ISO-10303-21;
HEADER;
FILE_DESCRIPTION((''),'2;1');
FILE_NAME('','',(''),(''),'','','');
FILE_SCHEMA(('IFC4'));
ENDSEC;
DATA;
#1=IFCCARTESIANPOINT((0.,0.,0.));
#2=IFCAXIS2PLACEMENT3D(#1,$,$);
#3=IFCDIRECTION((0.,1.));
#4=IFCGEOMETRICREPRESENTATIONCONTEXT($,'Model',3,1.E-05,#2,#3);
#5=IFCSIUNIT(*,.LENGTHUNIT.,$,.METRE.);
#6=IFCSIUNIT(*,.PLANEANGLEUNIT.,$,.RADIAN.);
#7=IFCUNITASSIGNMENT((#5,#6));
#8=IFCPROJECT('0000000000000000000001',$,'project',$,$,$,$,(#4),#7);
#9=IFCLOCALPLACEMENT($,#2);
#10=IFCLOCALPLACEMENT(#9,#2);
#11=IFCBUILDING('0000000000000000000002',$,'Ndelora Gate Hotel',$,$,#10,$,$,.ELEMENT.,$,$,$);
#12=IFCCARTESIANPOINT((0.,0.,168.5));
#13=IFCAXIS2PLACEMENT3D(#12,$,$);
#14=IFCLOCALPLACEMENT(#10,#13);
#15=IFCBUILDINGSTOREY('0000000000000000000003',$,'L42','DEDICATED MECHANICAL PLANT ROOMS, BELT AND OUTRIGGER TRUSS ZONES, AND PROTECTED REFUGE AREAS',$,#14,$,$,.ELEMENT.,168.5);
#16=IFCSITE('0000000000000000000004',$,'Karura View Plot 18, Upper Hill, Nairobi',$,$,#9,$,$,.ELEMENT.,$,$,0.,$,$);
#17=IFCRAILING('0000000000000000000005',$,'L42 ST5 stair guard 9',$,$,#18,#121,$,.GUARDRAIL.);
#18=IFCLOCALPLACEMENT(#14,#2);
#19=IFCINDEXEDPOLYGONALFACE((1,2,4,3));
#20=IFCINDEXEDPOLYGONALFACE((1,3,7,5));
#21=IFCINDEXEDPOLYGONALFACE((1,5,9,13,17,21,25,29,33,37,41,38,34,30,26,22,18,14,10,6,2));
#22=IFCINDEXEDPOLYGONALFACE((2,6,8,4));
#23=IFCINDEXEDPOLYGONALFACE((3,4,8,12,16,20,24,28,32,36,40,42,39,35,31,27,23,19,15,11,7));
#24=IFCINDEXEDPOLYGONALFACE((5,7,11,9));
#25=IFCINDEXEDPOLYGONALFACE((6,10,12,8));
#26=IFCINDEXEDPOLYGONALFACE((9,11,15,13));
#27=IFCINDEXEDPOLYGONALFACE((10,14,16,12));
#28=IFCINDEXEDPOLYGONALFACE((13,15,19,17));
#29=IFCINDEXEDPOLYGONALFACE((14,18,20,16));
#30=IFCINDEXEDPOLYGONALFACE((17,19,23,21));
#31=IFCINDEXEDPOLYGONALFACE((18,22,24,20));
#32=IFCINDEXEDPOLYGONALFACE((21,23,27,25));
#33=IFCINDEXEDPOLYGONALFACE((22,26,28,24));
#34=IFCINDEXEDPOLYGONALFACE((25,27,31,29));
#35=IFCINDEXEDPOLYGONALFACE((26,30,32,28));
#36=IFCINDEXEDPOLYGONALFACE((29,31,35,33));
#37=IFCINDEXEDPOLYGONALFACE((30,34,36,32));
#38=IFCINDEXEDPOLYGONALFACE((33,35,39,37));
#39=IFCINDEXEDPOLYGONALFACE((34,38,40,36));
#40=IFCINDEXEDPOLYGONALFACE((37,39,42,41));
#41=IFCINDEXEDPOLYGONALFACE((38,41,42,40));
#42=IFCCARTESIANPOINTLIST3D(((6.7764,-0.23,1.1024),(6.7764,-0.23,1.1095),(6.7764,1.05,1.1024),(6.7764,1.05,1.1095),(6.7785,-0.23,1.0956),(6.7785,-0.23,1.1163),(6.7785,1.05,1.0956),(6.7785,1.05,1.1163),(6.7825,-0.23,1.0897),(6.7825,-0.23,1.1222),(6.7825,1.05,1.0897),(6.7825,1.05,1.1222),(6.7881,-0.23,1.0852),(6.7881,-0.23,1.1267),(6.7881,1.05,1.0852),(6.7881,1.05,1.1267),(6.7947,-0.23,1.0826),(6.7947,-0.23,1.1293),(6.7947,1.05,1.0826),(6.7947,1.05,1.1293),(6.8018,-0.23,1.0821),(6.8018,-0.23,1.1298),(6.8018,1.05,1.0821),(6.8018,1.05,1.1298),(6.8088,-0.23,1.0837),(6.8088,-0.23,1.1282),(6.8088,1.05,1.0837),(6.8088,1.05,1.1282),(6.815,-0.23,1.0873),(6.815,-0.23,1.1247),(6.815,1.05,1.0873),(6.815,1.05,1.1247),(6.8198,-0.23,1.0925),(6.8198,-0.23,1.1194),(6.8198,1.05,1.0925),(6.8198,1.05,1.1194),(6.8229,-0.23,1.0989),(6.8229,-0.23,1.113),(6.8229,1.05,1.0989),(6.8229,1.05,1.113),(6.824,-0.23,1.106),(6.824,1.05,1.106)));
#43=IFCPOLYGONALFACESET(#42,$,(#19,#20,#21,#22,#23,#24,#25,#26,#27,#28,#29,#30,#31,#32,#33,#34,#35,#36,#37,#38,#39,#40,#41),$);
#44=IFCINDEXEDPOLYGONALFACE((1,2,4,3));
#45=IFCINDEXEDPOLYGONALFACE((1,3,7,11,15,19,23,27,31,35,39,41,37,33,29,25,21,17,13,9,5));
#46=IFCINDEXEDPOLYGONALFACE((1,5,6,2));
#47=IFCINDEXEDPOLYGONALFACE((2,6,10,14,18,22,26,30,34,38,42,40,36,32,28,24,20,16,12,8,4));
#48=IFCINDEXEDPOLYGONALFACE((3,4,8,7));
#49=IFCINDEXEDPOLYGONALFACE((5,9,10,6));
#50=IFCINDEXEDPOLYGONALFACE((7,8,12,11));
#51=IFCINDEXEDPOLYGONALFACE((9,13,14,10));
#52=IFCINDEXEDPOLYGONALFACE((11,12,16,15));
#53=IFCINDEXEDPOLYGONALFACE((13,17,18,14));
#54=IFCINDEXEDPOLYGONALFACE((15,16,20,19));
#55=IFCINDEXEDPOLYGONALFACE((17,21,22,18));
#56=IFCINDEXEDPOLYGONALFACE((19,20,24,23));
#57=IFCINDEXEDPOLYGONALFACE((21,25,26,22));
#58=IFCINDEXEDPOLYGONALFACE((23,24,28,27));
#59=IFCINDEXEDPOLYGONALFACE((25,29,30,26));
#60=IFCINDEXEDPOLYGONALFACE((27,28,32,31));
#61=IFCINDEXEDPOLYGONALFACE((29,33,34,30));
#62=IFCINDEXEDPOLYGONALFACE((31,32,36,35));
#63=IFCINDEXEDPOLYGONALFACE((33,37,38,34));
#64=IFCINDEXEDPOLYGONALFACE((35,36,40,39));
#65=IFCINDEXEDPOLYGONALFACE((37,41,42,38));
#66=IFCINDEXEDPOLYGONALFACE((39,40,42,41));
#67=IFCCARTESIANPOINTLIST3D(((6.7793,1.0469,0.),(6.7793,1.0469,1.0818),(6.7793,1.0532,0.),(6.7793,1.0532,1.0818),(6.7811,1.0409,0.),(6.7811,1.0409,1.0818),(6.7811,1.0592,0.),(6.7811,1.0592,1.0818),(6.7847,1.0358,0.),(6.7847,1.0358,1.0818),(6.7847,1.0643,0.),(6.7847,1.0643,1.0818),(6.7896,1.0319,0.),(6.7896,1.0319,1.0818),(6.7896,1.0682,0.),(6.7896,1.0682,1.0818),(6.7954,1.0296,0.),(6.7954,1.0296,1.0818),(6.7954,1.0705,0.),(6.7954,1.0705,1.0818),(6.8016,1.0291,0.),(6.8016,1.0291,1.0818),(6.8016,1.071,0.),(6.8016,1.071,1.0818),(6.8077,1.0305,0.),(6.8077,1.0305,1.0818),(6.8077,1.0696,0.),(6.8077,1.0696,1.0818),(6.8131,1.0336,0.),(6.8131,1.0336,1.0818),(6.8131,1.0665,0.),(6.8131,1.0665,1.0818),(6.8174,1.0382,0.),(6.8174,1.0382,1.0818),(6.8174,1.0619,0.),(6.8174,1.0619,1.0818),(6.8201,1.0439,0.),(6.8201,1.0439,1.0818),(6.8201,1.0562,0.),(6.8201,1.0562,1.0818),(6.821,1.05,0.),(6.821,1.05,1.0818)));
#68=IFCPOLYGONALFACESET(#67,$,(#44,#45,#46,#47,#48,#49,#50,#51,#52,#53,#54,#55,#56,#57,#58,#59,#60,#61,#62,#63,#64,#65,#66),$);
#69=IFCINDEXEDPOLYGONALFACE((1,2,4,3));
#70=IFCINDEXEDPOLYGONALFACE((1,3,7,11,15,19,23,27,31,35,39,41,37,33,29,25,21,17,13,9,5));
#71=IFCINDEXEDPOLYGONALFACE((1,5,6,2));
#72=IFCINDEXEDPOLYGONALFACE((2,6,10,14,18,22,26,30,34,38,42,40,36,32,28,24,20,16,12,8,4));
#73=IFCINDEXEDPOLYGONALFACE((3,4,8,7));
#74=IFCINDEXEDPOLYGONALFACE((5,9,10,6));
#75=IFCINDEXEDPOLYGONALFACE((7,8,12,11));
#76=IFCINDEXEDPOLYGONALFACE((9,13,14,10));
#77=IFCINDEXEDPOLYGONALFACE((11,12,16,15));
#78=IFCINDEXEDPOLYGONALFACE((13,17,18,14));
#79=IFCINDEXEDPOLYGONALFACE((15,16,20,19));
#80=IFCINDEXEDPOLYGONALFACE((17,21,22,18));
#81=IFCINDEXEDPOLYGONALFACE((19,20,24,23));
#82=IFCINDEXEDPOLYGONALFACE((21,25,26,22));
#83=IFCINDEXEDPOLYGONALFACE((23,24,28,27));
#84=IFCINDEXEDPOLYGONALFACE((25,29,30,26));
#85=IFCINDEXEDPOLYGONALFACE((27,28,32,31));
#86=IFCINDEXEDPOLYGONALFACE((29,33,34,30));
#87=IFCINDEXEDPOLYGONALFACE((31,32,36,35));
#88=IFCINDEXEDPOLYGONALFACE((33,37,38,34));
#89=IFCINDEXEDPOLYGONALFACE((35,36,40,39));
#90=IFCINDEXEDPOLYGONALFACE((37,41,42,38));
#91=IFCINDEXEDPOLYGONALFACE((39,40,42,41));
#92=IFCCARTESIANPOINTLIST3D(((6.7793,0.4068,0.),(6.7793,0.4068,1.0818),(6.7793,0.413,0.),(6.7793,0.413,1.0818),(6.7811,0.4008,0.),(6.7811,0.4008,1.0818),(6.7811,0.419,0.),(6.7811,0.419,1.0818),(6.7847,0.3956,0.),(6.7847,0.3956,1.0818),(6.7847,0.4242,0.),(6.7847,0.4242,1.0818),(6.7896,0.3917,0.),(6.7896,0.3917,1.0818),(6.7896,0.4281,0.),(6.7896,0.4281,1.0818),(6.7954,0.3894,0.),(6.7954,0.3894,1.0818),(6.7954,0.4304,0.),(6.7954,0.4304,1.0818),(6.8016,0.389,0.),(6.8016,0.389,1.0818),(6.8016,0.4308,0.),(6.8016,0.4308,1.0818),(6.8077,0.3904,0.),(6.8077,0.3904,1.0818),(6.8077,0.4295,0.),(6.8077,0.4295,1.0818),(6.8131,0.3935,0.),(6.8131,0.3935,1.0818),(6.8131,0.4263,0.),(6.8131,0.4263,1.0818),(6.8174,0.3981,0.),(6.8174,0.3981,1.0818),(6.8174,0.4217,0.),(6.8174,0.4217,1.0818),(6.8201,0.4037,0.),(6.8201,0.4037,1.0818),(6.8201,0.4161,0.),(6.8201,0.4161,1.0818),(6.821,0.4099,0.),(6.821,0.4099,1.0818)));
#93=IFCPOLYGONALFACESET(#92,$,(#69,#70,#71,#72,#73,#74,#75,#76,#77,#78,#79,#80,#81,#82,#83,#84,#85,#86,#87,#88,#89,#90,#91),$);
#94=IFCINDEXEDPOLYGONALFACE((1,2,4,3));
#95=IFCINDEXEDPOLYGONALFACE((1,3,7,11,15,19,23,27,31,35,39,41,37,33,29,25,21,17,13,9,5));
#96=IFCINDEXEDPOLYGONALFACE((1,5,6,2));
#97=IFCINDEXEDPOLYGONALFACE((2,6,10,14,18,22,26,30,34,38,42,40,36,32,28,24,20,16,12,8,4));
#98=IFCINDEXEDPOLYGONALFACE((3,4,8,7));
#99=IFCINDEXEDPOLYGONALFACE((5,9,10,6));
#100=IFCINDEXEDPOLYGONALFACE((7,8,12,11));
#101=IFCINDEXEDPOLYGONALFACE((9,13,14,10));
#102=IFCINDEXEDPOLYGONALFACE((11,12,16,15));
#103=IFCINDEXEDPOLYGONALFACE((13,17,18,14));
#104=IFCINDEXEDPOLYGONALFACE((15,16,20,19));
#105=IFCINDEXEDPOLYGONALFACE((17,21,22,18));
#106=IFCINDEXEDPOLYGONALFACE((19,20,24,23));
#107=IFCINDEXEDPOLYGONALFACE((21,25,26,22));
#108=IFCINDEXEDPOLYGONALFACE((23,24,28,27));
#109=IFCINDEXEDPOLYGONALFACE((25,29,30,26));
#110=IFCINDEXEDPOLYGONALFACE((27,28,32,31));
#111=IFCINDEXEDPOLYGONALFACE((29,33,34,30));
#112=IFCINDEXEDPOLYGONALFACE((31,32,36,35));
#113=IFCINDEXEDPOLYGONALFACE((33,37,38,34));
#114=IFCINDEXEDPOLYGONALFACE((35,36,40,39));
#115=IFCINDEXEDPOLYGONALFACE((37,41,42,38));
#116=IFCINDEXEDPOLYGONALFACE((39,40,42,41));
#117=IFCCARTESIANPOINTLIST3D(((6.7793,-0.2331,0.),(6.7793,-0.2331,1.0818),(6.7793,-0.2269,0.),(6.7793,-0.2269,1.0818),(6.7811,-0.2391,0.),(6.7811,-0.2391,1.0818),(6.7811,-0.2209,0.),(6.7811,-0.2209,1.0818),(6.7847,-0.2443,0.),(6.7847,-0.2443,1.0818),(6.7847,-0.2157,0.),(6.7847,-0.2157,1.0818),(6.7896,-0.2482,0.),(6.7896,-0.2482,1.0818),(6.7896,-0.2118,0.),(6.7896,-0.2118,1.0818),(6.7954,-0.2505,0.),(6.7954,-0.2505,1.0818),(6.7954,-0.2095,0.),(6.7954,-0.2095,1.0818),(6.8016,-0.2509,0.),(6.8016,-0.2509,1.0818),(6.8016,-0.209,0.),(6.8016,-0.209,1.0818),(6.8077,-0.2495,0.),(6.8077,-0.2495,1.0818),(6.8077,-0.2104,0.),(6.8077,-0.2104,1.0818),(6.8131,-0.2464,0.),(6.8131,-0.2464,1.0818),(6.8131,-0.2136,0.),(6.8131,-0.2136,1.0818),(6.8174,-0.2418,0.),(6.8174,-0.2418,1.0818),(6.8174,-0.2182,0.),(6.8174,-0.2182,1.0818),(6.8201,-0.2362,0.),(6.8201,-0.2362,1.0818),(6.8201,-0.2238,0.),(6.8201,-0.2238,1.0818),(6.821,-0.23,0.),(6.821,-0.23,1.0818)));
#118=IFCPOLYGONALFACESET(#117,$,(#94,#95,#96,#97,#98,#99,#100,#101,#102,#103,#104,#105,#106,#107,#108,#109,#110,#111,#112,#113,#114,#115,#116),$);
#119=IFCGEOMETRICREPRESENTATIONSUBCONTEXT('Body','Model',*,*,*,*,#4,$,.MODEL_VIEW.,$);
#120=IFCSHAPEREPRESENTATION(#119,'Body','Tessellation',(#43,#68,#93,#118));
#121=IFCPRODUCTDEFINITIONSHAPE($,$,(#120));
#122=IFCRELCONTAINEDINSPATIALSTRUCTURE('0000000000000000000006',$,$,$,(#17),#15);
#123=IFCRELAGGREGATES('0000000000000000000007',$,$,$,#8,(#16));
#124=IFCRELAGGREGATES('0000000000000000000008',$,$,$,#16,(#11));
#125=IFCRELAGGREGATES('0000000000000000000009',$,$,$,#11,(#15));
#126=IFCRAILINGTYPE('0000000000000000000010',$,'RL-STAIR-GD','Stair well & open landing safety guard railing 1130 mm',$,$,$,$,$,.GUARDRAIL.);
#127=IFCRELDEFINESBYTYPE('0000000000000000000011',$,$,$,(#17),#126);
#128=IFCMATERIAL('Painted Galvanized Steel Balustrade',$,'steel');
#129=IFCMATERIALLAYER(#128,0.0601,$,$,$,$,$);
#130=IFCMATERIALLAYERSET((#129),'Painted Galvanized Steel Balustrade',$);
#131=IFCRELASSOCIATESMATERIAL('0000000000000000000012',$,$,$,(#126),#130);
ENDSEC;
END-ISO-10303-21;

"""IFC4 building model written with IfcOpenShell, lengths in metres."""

from ifc_helpers import new_model, si_unit, direction, frame, origin, origin_2d, place, context, subcontext, project, spatial, circle, extrude, material, layer, layer_set, type_object, element, save


model = new_model("IFC4")

# Units and contexts
model_context = context("Model", 3, precision=1e-05, world=origin(), true_north=direction((0.0, 1.0)))
body_context = subcontext(model_context, "Body", "Model", "MODEL_VIEW")
ifc_project = project(units=[si_unit("LENGTHUNIT", "METRE"), si_unit("PLANEANGLEUNIT", "RADIAN")], contexts=[model_context])

# Site, building, storey
site_placement = place(None, origin())
site = spatial("IfcSite", under=ifc_project, at=site_placement, Name="Karura View Plot 18, Upper Hill, Nairobi", CompositionType="ELEMENT", RefElevation=0.0)
building_placement = place(site_placement, origin())
building = spatial("IfcBuilding", under=site, at=building_placement, Name="Ndelora Gate Hotel", CompositionType="ELEMENT")
storey_placement = place(building_placement, frame((0.0, 0.0, 168.5)))
storey = spatial("IfcBuildingStorey", under=building, at=storey_placement, Name="L42", Description="DEDICATED MECHANICAL PLANT ROOMS, BELT AND OUTRIGGER TRUSS ZONES, AND PROTECTED REFUGE AREAS", CompositionType="ELEMENT", Elevation=168.5)

# Railing
ifc_material_1 = material(Name="Painted Galvanized Steel Balustrade", Category="steel")
ifc_layer_1 = layer(ifc_material_1, 0.0601)
ifc_layer_set_1 = layer_set([ifc_layer_1], Name="Painted Galvanized Steel Balustrade")
railing_type = type_object("IfcRailingType", Name="RL-STAIR-GD", Description="Stair well & open landing safety guard railing 1130 mm", PredefinedType="GUARDRAIL", material=ifc_layer_set_1)
for number, where, name in (
    (1, (6.8, 1.05, 0.0), "L42 ST5 stair guard 9"),
):
    element("IfcRailing", number, at=place(storey_placement, frame(where)), inside=storey, type_object=railing_type, Name=name, PredefinedType="GUARDRAIL", context=body_context, shape_type="SweptSolid", body=[
        extrude(circle(Radius=0.0239, at=origin_2d()), frame((0.0, 0.0, 1.106), z_axis=(0.0, -1.0, 0.0), x_axis=(1.0, 0.0, 0.0)), (0.0, 0.0, 1.0), 1.28),
        extrude(circle(Radius=0.021, at=origin_2d()), origin(), (0.0, 0.0, 1.0), 1.0818),
        extrude(circle(Radius=0.021, at=origin_2d()), frame((0.0, -0.6401, 0.0)), (0.0, 0.0, 1.0), 1.0818),
        extrude(circle(Radius=0.021, at=origin_2d()), frame((0.0, -1.28, 0.0)), (0.0, 0.0, 1.0), 1.0818),
    ])

save(model, "model.ifc")
